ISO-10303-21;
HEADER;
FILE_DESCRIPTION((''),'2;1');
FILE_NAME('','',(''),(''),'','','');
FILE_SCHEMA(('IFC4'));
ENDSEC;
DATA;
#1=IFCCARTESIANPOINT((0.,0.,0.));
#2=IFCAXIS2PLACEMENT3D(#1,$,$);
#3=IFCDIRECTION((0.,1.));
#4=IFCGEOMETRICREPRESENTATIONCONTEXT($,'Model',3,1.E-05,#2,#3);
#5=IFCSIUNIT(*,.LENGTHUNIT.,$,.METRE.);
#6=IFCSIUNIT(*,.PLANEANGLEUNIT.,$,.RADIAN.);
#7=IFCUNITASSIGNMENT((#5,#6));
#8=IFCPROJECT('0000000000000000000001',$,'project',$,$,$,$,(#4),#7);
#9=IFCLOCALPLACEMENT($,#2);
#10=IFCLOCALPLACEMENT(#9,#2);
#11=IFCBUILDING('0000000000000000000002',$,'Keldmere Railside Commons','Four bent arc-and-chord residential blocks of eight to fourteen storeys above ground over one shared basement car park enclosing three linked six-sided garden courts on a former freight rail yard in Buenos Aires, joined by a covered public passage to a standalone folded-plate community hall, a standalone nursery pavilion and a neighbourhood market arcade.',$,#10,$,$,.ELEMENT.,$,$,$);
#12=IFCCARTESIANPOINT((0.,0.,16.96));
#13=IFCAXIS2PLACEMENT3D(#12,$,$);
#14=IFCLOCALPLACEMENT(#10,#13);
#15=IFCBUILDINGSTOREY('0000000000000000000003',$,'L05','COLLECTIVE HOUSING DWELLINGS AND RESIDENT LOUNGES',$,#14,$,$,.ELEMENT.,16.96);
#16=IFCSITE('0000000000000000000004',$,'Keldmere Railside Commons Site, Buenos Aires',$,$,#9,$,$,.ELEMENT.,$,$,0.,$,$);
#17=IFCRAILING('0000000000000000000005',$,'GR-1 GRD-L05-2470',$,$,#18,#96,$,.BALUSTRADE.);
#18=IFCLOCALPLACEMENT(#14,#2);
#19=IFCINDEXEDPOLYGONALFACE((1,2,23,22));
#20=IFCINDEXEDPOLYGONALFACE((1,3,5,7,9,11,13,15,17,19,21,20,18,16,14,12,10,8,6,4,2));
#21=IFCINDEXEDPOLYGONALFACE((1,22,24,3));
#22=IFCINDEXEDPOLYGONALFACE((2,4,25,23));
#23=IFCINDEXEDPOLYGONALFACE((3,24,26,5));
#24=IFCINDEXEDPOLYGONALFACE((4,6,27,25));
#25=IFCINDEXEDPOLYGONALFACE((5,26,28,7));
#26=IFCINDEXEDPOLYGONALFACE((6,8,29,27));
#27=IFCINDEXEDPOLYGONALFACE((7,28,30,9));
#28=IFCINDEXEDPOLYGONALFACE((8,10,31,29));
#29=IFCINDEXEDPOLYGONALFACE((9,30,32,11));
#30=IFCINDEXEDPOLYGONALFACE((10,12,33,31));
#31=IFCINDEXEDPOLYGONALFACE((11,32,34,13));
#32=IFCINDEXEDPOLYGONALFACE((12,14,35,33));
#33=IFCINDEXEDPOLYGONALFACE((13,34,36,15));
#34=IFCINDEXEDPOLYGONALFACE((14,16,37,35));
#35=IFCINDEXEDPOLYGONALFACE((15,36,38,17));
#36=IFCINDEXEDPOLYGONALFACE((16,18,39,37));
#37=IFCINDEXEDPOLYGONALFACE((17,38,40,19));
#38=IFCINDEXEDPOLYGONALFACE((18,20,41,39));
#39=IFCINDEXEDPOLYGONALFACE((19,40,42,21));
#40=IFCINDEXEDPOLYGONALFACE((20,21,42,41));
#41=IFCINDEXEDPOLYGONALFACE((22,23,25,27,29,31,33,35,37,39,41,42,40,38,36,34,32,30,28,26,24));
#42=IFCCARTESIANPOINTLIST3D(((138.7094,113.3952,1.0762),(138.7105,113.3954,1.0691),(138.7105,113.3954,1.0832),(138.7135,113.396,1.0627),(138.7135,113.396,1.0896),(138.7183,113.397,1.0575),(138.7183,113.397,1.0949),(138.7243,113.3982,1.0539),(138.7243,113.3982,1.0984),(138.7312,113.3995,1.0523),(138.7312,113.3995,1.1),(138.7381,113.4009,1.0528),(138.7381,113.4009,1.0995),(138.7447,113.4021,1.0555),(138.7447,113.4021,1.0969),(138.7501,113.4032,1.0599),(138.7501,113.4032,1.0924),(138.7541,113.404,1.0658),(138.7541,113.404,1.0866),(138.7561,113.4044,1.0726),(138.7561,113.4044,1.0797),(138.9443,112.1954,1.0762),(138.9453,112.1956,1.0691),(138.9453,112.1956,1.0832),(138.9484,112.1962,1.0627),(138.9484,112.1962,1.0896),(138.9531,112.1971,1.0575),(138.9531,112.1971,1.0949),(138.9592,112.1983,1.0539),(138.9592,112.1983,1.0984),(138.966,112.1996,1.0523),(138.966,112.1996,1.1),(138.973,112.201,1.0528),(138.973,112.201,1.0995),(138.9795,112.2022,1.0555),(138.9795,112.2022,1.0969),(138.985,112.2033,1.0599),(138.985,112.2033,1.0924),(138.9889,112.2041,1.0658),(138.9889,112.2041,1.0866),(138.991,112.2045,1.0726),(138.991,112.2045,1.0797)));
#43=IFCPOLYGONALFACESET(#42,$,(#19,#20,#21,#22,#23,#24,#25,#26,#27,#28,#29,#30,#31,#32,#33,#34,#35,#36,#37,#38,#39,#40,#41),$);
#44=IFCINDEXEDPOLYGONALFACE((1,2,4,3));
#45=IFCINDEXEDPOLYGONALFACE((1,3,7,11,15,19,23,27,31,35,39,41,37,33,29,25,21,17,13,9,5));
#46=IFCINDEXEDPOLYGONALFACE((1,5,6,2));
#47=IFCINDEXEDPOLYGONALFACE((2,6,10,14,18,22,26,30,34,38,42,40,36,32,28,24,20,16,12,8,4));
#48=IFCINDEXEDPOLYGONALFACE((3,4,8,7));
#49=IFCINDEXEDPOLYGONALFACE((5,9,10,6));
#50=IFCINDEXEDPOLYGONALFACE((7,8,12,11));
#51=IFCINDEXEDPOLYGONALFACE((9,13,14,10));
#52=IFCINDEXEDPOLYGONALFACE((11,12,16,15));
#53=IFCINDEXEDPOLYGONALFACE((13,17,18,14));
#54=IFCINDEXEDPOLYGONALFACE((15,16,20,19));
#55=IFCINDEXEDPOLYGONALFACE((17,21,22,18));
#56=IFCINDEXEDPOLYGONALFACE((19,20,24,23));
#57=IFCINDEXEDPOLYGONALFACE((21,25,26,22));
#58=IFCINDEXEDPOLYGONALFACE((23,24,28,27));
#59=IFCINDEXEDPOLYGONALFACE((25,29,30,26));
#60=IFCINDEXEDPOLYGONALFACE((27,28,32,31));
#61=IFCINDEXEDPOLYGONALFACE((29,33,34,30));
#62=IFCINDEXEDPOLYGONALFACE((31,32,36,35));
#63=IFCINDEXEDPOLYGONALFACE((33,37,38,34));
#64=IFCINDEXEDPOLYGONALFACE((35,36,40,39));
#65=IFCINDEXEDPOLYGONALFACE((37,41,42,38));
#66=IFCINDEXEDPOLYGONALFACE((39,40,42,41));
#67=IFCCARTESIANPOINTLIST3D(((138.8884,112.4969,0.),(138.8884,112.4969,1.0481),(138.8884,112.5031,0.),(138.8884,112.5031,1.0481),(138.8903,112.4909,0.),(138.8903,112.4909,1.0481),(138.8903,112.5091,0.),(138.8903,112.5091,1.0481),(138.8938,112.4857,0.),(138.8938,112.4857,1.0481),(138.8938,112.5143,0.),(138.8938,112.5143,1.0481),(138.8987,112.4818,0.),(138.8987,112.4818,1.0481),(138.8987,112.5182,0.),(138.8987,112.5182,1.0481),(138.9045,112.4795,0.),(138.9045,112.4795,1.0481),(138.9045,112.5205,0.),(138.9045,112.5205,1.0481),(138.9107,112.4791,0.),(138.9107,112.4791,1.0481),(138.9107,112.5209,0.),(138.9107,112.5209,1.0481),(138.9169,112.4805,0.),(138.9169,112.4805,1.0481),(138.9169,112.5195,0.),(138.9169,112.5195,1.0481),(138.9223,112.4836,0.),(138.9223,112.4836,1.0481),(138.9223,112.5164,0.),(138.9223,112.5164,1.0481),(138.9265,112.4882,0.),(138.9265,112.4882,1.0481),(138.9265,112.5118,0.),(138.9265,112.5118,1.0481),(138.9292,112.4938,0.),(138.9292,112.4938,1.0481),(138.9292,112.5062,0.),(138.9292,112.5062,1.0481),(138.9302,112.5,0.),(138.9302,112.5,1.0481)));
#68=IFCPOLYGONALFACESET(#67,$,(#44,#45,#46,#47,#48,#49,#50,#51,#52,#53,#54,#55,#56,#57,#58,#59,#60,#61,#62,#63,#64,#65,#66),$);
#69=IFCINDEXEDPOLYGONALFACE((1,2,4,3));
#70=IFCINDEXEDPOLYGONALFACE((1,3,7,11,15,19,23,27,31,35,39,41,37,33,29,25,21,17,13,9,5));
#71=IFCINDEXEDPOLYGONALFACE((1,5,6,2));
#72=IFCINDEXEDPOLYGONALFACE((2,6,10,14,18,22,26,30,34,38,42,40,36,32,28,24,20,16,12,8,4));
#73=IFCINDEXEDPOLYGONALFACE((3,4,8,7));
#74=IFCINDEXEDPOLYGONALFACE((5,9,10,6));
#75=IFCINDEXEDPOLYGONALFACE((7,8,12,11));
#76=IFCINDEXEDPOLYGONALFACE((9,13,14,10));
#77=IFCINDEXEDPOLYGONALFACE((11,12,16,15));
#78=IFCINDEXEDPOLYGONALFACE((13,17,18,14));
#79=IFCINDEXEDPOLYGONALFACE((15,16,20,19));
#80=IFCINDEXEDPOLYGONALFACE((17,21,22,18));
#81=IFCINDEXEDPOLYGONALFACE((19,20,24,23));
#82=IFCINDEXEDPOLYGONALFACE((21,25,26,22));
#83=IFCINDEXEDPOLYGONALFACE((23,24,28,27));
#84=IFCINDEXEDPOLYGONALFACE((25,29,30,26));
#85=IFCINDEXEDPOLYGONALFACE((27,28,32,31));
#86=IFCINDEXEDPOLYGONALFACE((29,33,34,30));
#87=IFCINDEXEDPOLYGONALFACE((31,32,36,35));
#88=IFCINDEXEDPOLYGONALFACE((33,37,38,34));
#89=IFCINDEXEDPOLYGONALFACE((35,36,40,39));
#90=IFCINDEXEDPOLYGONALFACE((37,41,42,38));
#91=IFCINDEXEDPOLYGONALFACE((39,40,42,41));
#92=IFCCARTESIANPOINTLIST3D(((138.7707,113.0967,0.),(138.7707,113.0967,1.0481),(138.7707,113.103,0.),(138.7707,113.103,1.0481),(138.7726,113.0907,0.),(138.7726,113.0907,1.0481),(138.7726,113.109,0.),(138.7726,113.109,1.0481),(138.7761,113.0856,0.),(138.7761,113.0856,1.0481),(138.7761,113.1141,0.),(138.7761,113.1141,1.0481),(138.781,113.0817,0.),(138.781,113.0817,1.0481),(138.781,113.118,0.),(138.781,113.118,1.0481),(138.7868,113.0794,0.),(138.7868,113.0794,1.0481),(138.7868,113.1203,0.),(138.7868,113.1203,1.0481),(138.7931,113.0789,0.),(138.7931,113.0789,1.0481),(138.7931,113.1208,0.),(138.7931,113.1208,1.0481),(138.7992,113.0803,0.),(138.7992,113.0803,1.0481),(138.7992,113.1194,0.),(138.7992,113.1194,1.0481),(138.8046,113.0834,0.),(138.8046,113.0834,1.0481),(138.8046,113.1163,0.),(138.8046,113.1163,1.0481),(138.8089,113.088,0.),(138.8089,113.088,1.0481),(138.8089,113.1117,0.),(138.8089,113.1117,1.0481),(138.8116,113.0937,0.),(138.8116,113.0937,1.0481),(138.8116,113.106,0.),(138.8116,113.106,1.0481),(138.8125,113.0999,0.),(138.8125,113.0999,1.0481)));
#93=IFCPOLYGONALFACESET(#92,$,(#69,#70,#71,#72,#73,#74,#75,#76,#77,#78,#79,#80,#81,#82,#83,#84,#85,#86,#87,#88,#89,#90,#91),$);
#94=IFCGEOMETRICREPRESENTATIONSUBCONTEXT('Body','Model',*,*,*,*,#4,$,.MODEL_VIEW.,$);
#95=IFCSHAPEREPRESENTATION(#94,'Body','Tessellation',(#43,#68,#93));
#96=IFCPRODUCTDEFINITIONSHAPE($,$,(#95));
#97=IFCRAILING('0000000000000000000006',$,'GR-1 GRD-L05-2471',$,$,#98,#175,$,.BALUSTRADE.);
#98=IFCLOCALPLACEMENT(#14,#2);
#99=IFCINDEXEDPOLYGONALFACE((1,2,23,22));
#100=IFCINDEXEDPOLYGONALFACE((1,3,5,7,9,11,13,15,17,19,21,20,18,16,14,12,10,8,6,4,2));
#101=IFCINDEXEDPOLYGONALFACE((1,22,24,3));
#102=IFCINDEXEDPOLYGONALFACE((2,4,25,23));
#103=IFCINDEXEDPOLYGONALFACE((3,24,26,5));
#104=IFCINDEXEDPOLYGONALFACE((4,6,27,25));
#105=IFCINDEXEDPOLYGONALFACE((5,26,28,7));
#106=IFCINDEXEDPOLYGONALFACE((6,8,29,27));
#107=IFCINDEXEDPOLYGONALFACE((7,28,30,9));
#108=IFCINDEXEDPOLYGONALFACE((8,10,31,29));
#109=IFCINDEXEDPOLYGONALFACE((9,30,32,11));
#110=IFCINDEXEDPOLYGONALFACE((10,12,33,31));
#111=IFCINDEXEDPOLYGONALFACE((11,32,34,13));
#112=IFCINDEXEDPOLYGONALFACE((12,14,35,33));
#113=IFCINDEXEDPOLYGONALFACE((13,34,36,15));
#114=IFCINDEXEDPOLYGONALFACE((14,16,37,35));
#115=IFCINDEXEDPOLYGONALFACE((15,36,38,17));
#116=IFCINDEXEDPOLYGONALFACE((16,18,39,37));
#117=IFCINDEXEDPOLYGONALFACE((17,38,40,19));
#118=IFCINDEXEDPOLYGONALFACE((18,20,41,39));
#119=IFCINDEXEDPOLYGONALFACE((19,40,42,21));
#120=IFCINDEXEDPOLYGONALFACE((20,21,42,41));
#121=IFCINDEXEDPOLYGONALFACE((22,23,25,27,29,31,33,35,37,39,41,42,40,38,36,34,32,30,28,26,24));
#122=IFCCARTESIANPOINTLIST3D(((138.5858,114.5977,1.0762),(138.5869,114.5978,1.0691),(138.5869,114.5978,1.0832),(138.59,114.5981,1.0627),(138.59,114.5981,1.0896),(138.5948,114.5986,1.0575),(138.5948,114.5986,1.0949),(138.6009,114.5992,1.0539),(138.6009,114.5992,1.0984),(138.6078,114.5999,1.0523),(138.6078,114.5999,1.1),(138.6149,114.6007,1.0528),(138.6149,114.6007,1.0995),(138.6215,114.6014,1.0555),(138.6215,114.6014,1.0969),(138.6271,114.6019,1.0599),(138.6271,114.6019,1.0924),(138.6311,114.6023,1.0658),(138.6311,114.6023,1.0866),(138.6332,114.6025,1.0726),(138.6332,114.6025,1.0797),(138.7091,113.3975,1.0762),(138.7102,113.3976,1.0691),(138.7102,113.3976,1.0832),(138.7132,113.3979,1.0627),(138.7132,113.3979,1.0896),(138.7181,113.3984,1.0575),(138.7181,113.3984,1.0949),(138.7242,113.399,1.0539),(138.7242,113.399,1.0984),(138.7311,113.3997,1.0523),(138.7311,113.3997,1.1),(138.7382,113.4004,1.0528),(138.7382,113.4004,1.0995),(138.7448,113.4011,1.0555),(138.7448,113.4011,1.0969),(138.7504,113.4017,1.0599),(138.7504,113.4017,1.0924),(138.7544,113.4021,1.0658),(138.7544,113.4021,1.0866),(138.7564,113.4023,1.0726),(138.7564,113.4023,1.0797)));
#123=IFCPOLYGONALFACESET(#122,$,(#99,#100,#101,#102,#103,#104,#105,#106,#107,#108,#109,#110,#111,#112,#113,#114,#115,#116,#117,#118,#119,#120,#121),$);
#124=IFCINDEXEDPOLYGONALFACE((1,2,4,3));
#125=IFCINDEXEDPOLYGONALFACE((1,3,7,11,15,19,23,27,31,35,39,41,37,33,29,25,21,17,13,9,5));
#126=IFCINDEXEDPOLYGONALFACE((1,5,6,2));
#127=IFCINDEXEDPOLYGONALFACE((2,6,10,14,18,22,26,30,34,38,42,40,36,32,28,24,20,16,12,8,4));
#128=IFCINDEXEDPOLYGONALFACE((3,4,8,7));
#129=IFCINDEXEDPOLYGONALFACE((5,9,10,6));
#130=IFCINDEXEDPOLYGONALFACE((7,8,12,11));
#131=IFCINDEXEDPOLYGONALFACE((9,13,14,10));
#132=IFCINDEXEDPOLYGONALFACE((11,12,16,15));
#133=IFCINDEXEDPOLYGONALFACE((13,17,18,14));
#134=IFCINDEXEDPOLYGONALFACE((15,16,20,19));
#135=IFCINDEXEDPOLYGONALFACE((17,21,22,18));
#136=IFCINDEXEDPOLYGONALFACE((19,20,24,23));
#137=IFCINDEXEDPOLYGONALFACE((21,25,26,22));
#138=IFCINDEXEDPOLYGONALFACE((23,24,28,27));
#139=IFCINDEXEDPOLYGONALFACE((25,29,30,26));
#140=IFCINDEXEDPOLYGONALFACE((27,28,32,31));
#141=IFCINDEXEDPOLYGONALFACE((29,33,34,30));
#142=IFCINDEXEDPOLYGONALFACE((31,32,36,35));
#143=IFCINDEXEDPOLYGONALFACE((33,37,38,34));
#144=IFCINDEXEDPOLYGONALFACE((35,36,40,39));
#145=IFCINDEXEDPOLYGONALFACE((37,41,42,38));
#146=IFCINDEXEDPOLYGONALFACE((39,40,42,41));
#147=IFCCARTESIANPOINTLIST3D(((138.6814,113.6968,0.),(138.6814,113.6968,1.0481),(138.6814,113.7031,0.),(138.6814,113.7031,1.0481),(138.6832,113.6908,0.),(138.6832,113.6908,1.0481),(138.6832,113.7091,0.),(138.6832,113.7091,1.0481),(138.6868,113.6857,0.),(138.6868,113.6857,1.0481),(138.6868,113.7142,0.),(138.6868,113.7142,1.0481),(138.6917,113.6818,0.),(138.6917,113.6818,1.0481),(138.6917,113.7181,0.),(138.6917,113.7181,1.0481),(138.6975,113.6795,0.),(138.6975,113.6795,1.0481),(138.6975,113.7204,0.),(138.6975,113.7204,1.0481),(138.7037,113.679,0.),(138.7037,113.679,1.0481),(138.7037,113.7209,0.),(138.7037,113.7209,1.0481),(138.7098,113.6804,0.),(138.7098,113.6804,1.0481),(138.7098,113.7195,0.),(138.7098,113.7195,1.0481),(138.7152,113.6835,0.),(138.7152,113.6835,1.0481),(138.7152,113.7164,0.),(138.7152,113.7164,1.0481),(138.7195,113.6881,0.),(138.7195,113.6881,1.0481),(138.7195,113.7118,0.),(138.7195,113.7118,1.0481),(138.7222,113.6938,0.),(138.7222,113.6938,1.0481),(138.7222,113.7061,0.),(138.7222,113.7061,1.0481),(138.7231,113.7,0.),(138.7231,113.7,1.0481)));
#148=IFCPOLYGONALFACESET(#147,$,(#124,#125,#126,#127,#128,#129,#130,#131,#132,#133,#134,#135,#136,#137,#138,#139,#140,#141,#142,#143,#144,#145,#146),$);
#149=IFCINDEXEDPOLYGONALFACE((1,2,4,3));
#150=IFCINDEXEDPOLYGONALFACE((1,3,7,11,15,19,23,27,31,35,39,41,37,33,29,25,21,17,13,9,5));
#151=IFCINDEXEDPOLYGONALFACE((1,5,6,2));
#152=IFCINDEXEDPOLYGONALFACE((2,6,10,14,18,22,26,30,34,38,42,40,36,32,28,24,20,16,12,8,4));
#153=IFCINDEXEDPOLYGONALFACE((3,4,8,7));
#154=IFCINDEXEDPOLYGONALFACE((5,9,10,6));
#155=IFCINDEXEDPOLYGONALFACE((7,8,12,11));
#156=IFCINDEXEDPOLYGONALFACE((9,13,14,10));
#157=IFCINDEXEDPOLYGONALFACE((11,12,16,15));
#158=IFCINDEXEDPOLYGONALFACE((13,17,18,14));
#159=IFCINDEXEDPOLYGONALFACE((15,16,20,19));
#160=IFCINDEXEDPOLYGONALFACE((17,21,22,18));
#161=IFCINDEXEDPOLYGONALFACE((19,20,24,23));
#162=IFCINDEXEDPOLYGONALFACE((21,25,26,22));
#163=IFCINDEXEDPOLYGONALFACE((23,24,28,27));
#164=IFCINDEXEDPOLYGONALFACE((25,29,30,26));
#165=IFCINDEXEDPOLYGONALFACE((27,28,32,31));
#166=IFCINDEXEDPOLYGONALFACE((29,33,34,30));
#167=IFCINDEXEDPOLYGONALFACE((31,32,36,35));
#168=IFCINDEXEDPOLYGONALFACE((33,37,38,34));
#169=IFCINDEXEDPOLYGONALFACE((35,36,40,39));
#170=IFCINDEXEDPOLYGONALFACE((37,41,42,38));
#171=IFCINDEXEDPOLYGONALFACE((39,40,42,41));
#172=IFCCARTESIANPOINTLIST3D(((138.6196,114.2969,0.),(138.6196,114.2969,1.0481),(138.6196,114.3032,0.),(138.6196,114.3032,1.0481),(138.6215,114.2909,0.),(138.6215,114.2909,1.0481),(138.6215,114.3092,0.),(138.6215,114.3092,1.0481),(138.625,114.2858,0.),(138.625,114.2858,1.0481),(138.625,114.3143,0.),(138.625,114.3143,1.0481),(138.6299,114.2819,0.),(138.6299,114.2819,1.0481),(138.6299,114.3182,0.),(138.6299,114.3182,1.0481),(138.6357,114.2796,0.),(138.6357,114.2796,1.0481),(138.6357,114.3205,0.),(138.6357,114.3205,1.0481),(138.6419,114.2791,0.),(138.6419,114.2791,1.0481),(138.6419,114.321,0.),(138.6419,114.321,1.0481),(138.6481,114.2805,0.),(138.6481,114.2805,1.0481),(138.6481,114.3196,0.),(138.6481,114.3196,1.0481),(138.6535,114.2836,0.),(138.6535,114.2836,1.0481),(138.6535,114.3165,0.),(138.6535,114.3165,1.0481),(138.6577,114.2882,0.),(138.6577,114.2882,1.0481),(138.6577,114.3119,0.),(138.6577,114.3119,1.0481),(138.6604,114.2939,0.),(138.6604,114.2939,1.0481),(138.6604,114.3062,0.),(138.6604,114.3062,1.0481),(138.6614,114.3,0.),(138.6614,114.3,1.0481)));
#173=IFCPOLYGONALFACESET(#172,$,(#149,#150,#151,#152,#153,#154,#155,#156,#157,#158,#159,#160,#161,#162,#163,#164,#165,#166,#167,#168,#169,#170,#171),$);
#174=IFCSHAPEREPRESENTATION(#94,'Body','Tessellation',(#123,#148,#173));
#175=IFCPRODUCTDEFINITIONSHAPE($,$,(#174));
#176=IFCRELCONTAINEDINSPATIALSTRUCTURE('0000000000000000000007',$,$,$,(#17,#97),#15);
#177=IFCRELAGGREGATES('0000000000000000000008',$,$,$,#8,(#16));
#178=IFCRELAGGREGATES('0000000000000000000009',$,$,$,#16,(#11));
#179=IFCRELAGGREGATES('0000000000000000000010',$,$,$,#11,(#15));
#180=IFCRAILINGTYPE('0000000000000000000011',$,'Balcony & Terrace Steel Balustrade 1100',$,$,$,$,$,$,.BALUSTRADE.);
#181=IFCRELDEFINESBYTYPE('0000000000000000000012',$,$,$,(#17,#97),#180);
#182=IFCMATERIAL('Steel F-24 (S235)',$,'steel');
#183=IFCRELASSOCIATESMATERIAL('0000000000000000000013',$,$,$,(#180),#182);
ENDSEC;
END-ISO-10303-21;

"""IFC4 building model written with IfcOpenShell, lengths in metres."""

from ifc_helpers import new_model, si_unit, direction, frame, origin, origin_2d, place, context, subcontext, project, spatial, circle, extrude, material, type_object, element, save


model = new_model("IFC4")

# Units and contexts
model_context = context("Model", 3, precision=1e-05, world=origin(), true_north=direction((0.0, 1.0)))
body_context = subcontext(model_context, "Body", "Model", "MODEL_VIEW")
ifc_project = project(units=[si_unit("LENGTHUNIT", "METRE"), si_unit("PLANEANGLEUNIT", "RADIAN")], contexts=[model_context])

# Site, building, storey
site_placement = place(None, origin())
site = spatial("IfcSite", under=ifc_project, at=site_placement, Name="Keldmere Railside Commons Site, Buenos Aires", CompositionType="ELEMENT", RefElevation=0.0)
building_placement = place(site_placement, origin())
building = spatial("IfcBuilding", under=site, at=building_placement, Name="Keldmere Railside Commons", Description="Four bent arc-and-chord residential blocks of eight to fourteen storeys above ground over one shared basement car park enclosing three linked six-sided garden courts on a former freight rail yard in Buenos Aires, joined by a covered public passage to a standalone folded-plate community hall, a standalone nursery pavilion and a neighbourhood market arcade.", CompositionType="ELEMENT")
storey_placement = place(building_placement, frame((0.0, 0.0, 16.96)))
storey = spatial("IfcBuildingStorey", under=building, at=storey_placement, Name="L05", Description="COLLECTIVE HOUSING DWELLINGS AND RESIDENT LOUNGES", CompositionType="ELEMENT", Elevation=16.96)

# Shared definitions
ifc_material_1 = material(Name="Steel F-24 (S235)", Category="steel")

# Railings
railing_type = type_object("IfcRailingType", Name="Balcony & Terrace Steel Balustrade 1100", PredefinedType="BALUSTRADE", material=ifc_material_1)
railing_1_placement = place(storey_placement, frame((138.9678, 112.2, 0.0)))
element("IfcRailing", 1, at=railing_1_placement, inside=storey, type_object=railing_type, Name="GR-1 GRD-L05-2470", PredefinedType="BALUSTRADE", context=body_context, shape_type="SweptSolid", body=[
    extrude(circle(Radius=0.0239, at=origin_2d()), frame((0.0, 0.0, 1.0762), z_axis=(-0.192083, 0.981379, 0.0), x_axis=(-0.981379, -0.192083, 0.0)), (0.0, 0.0, 1.0), 1.2227),
    extrude(circle(Radius=0.021, at=origin_2d()), frame((-0.0586, 0.3, 0.0)), (0.0, 0.0, 1.0), 1.0481),
    extrude(circle(Radius=0.021, at=origin_2d()), frame((-0.1763, 0.8999, 0.0)), (0.0, 0.0, 1.0), 1.0481),
])
railing_2_placement = place(storey_placement, frame((138.7329, 113.3999, 0.0)))
element("IfcRailing", 2, at=railing_2_placement, inside=storey, type_object=railing_type, Name="GR-1 GRD-L05-2471", PredefinedType="BALUSTRADE", context=body_context, shape_type="SweptSolid", body=[
    extrude(circle(Radius=0.0239, at=origin_2d()), frame((0.0, 0.0, 1.0762), z_axis=(-0.102188, 0.994765, 0.0), x_axis=(-0.994765, -0.102188, 0.0)), (0.0, 0.0, 1.0), 1.2065),
    extrude(circle(Radius=0.021, at=origin_2d()), frame((-0.0308, 0.3, 0.0)), (0.0, 0.0, 1.0), 1.0481),
    extrude(circle(Radius=0.021, at=origin_2d()), frame((-0.0925, 0.9001, 0.0)), (0.0, 0.0, 1.0), 1.0481),
])

save(model, "model.ifc")
